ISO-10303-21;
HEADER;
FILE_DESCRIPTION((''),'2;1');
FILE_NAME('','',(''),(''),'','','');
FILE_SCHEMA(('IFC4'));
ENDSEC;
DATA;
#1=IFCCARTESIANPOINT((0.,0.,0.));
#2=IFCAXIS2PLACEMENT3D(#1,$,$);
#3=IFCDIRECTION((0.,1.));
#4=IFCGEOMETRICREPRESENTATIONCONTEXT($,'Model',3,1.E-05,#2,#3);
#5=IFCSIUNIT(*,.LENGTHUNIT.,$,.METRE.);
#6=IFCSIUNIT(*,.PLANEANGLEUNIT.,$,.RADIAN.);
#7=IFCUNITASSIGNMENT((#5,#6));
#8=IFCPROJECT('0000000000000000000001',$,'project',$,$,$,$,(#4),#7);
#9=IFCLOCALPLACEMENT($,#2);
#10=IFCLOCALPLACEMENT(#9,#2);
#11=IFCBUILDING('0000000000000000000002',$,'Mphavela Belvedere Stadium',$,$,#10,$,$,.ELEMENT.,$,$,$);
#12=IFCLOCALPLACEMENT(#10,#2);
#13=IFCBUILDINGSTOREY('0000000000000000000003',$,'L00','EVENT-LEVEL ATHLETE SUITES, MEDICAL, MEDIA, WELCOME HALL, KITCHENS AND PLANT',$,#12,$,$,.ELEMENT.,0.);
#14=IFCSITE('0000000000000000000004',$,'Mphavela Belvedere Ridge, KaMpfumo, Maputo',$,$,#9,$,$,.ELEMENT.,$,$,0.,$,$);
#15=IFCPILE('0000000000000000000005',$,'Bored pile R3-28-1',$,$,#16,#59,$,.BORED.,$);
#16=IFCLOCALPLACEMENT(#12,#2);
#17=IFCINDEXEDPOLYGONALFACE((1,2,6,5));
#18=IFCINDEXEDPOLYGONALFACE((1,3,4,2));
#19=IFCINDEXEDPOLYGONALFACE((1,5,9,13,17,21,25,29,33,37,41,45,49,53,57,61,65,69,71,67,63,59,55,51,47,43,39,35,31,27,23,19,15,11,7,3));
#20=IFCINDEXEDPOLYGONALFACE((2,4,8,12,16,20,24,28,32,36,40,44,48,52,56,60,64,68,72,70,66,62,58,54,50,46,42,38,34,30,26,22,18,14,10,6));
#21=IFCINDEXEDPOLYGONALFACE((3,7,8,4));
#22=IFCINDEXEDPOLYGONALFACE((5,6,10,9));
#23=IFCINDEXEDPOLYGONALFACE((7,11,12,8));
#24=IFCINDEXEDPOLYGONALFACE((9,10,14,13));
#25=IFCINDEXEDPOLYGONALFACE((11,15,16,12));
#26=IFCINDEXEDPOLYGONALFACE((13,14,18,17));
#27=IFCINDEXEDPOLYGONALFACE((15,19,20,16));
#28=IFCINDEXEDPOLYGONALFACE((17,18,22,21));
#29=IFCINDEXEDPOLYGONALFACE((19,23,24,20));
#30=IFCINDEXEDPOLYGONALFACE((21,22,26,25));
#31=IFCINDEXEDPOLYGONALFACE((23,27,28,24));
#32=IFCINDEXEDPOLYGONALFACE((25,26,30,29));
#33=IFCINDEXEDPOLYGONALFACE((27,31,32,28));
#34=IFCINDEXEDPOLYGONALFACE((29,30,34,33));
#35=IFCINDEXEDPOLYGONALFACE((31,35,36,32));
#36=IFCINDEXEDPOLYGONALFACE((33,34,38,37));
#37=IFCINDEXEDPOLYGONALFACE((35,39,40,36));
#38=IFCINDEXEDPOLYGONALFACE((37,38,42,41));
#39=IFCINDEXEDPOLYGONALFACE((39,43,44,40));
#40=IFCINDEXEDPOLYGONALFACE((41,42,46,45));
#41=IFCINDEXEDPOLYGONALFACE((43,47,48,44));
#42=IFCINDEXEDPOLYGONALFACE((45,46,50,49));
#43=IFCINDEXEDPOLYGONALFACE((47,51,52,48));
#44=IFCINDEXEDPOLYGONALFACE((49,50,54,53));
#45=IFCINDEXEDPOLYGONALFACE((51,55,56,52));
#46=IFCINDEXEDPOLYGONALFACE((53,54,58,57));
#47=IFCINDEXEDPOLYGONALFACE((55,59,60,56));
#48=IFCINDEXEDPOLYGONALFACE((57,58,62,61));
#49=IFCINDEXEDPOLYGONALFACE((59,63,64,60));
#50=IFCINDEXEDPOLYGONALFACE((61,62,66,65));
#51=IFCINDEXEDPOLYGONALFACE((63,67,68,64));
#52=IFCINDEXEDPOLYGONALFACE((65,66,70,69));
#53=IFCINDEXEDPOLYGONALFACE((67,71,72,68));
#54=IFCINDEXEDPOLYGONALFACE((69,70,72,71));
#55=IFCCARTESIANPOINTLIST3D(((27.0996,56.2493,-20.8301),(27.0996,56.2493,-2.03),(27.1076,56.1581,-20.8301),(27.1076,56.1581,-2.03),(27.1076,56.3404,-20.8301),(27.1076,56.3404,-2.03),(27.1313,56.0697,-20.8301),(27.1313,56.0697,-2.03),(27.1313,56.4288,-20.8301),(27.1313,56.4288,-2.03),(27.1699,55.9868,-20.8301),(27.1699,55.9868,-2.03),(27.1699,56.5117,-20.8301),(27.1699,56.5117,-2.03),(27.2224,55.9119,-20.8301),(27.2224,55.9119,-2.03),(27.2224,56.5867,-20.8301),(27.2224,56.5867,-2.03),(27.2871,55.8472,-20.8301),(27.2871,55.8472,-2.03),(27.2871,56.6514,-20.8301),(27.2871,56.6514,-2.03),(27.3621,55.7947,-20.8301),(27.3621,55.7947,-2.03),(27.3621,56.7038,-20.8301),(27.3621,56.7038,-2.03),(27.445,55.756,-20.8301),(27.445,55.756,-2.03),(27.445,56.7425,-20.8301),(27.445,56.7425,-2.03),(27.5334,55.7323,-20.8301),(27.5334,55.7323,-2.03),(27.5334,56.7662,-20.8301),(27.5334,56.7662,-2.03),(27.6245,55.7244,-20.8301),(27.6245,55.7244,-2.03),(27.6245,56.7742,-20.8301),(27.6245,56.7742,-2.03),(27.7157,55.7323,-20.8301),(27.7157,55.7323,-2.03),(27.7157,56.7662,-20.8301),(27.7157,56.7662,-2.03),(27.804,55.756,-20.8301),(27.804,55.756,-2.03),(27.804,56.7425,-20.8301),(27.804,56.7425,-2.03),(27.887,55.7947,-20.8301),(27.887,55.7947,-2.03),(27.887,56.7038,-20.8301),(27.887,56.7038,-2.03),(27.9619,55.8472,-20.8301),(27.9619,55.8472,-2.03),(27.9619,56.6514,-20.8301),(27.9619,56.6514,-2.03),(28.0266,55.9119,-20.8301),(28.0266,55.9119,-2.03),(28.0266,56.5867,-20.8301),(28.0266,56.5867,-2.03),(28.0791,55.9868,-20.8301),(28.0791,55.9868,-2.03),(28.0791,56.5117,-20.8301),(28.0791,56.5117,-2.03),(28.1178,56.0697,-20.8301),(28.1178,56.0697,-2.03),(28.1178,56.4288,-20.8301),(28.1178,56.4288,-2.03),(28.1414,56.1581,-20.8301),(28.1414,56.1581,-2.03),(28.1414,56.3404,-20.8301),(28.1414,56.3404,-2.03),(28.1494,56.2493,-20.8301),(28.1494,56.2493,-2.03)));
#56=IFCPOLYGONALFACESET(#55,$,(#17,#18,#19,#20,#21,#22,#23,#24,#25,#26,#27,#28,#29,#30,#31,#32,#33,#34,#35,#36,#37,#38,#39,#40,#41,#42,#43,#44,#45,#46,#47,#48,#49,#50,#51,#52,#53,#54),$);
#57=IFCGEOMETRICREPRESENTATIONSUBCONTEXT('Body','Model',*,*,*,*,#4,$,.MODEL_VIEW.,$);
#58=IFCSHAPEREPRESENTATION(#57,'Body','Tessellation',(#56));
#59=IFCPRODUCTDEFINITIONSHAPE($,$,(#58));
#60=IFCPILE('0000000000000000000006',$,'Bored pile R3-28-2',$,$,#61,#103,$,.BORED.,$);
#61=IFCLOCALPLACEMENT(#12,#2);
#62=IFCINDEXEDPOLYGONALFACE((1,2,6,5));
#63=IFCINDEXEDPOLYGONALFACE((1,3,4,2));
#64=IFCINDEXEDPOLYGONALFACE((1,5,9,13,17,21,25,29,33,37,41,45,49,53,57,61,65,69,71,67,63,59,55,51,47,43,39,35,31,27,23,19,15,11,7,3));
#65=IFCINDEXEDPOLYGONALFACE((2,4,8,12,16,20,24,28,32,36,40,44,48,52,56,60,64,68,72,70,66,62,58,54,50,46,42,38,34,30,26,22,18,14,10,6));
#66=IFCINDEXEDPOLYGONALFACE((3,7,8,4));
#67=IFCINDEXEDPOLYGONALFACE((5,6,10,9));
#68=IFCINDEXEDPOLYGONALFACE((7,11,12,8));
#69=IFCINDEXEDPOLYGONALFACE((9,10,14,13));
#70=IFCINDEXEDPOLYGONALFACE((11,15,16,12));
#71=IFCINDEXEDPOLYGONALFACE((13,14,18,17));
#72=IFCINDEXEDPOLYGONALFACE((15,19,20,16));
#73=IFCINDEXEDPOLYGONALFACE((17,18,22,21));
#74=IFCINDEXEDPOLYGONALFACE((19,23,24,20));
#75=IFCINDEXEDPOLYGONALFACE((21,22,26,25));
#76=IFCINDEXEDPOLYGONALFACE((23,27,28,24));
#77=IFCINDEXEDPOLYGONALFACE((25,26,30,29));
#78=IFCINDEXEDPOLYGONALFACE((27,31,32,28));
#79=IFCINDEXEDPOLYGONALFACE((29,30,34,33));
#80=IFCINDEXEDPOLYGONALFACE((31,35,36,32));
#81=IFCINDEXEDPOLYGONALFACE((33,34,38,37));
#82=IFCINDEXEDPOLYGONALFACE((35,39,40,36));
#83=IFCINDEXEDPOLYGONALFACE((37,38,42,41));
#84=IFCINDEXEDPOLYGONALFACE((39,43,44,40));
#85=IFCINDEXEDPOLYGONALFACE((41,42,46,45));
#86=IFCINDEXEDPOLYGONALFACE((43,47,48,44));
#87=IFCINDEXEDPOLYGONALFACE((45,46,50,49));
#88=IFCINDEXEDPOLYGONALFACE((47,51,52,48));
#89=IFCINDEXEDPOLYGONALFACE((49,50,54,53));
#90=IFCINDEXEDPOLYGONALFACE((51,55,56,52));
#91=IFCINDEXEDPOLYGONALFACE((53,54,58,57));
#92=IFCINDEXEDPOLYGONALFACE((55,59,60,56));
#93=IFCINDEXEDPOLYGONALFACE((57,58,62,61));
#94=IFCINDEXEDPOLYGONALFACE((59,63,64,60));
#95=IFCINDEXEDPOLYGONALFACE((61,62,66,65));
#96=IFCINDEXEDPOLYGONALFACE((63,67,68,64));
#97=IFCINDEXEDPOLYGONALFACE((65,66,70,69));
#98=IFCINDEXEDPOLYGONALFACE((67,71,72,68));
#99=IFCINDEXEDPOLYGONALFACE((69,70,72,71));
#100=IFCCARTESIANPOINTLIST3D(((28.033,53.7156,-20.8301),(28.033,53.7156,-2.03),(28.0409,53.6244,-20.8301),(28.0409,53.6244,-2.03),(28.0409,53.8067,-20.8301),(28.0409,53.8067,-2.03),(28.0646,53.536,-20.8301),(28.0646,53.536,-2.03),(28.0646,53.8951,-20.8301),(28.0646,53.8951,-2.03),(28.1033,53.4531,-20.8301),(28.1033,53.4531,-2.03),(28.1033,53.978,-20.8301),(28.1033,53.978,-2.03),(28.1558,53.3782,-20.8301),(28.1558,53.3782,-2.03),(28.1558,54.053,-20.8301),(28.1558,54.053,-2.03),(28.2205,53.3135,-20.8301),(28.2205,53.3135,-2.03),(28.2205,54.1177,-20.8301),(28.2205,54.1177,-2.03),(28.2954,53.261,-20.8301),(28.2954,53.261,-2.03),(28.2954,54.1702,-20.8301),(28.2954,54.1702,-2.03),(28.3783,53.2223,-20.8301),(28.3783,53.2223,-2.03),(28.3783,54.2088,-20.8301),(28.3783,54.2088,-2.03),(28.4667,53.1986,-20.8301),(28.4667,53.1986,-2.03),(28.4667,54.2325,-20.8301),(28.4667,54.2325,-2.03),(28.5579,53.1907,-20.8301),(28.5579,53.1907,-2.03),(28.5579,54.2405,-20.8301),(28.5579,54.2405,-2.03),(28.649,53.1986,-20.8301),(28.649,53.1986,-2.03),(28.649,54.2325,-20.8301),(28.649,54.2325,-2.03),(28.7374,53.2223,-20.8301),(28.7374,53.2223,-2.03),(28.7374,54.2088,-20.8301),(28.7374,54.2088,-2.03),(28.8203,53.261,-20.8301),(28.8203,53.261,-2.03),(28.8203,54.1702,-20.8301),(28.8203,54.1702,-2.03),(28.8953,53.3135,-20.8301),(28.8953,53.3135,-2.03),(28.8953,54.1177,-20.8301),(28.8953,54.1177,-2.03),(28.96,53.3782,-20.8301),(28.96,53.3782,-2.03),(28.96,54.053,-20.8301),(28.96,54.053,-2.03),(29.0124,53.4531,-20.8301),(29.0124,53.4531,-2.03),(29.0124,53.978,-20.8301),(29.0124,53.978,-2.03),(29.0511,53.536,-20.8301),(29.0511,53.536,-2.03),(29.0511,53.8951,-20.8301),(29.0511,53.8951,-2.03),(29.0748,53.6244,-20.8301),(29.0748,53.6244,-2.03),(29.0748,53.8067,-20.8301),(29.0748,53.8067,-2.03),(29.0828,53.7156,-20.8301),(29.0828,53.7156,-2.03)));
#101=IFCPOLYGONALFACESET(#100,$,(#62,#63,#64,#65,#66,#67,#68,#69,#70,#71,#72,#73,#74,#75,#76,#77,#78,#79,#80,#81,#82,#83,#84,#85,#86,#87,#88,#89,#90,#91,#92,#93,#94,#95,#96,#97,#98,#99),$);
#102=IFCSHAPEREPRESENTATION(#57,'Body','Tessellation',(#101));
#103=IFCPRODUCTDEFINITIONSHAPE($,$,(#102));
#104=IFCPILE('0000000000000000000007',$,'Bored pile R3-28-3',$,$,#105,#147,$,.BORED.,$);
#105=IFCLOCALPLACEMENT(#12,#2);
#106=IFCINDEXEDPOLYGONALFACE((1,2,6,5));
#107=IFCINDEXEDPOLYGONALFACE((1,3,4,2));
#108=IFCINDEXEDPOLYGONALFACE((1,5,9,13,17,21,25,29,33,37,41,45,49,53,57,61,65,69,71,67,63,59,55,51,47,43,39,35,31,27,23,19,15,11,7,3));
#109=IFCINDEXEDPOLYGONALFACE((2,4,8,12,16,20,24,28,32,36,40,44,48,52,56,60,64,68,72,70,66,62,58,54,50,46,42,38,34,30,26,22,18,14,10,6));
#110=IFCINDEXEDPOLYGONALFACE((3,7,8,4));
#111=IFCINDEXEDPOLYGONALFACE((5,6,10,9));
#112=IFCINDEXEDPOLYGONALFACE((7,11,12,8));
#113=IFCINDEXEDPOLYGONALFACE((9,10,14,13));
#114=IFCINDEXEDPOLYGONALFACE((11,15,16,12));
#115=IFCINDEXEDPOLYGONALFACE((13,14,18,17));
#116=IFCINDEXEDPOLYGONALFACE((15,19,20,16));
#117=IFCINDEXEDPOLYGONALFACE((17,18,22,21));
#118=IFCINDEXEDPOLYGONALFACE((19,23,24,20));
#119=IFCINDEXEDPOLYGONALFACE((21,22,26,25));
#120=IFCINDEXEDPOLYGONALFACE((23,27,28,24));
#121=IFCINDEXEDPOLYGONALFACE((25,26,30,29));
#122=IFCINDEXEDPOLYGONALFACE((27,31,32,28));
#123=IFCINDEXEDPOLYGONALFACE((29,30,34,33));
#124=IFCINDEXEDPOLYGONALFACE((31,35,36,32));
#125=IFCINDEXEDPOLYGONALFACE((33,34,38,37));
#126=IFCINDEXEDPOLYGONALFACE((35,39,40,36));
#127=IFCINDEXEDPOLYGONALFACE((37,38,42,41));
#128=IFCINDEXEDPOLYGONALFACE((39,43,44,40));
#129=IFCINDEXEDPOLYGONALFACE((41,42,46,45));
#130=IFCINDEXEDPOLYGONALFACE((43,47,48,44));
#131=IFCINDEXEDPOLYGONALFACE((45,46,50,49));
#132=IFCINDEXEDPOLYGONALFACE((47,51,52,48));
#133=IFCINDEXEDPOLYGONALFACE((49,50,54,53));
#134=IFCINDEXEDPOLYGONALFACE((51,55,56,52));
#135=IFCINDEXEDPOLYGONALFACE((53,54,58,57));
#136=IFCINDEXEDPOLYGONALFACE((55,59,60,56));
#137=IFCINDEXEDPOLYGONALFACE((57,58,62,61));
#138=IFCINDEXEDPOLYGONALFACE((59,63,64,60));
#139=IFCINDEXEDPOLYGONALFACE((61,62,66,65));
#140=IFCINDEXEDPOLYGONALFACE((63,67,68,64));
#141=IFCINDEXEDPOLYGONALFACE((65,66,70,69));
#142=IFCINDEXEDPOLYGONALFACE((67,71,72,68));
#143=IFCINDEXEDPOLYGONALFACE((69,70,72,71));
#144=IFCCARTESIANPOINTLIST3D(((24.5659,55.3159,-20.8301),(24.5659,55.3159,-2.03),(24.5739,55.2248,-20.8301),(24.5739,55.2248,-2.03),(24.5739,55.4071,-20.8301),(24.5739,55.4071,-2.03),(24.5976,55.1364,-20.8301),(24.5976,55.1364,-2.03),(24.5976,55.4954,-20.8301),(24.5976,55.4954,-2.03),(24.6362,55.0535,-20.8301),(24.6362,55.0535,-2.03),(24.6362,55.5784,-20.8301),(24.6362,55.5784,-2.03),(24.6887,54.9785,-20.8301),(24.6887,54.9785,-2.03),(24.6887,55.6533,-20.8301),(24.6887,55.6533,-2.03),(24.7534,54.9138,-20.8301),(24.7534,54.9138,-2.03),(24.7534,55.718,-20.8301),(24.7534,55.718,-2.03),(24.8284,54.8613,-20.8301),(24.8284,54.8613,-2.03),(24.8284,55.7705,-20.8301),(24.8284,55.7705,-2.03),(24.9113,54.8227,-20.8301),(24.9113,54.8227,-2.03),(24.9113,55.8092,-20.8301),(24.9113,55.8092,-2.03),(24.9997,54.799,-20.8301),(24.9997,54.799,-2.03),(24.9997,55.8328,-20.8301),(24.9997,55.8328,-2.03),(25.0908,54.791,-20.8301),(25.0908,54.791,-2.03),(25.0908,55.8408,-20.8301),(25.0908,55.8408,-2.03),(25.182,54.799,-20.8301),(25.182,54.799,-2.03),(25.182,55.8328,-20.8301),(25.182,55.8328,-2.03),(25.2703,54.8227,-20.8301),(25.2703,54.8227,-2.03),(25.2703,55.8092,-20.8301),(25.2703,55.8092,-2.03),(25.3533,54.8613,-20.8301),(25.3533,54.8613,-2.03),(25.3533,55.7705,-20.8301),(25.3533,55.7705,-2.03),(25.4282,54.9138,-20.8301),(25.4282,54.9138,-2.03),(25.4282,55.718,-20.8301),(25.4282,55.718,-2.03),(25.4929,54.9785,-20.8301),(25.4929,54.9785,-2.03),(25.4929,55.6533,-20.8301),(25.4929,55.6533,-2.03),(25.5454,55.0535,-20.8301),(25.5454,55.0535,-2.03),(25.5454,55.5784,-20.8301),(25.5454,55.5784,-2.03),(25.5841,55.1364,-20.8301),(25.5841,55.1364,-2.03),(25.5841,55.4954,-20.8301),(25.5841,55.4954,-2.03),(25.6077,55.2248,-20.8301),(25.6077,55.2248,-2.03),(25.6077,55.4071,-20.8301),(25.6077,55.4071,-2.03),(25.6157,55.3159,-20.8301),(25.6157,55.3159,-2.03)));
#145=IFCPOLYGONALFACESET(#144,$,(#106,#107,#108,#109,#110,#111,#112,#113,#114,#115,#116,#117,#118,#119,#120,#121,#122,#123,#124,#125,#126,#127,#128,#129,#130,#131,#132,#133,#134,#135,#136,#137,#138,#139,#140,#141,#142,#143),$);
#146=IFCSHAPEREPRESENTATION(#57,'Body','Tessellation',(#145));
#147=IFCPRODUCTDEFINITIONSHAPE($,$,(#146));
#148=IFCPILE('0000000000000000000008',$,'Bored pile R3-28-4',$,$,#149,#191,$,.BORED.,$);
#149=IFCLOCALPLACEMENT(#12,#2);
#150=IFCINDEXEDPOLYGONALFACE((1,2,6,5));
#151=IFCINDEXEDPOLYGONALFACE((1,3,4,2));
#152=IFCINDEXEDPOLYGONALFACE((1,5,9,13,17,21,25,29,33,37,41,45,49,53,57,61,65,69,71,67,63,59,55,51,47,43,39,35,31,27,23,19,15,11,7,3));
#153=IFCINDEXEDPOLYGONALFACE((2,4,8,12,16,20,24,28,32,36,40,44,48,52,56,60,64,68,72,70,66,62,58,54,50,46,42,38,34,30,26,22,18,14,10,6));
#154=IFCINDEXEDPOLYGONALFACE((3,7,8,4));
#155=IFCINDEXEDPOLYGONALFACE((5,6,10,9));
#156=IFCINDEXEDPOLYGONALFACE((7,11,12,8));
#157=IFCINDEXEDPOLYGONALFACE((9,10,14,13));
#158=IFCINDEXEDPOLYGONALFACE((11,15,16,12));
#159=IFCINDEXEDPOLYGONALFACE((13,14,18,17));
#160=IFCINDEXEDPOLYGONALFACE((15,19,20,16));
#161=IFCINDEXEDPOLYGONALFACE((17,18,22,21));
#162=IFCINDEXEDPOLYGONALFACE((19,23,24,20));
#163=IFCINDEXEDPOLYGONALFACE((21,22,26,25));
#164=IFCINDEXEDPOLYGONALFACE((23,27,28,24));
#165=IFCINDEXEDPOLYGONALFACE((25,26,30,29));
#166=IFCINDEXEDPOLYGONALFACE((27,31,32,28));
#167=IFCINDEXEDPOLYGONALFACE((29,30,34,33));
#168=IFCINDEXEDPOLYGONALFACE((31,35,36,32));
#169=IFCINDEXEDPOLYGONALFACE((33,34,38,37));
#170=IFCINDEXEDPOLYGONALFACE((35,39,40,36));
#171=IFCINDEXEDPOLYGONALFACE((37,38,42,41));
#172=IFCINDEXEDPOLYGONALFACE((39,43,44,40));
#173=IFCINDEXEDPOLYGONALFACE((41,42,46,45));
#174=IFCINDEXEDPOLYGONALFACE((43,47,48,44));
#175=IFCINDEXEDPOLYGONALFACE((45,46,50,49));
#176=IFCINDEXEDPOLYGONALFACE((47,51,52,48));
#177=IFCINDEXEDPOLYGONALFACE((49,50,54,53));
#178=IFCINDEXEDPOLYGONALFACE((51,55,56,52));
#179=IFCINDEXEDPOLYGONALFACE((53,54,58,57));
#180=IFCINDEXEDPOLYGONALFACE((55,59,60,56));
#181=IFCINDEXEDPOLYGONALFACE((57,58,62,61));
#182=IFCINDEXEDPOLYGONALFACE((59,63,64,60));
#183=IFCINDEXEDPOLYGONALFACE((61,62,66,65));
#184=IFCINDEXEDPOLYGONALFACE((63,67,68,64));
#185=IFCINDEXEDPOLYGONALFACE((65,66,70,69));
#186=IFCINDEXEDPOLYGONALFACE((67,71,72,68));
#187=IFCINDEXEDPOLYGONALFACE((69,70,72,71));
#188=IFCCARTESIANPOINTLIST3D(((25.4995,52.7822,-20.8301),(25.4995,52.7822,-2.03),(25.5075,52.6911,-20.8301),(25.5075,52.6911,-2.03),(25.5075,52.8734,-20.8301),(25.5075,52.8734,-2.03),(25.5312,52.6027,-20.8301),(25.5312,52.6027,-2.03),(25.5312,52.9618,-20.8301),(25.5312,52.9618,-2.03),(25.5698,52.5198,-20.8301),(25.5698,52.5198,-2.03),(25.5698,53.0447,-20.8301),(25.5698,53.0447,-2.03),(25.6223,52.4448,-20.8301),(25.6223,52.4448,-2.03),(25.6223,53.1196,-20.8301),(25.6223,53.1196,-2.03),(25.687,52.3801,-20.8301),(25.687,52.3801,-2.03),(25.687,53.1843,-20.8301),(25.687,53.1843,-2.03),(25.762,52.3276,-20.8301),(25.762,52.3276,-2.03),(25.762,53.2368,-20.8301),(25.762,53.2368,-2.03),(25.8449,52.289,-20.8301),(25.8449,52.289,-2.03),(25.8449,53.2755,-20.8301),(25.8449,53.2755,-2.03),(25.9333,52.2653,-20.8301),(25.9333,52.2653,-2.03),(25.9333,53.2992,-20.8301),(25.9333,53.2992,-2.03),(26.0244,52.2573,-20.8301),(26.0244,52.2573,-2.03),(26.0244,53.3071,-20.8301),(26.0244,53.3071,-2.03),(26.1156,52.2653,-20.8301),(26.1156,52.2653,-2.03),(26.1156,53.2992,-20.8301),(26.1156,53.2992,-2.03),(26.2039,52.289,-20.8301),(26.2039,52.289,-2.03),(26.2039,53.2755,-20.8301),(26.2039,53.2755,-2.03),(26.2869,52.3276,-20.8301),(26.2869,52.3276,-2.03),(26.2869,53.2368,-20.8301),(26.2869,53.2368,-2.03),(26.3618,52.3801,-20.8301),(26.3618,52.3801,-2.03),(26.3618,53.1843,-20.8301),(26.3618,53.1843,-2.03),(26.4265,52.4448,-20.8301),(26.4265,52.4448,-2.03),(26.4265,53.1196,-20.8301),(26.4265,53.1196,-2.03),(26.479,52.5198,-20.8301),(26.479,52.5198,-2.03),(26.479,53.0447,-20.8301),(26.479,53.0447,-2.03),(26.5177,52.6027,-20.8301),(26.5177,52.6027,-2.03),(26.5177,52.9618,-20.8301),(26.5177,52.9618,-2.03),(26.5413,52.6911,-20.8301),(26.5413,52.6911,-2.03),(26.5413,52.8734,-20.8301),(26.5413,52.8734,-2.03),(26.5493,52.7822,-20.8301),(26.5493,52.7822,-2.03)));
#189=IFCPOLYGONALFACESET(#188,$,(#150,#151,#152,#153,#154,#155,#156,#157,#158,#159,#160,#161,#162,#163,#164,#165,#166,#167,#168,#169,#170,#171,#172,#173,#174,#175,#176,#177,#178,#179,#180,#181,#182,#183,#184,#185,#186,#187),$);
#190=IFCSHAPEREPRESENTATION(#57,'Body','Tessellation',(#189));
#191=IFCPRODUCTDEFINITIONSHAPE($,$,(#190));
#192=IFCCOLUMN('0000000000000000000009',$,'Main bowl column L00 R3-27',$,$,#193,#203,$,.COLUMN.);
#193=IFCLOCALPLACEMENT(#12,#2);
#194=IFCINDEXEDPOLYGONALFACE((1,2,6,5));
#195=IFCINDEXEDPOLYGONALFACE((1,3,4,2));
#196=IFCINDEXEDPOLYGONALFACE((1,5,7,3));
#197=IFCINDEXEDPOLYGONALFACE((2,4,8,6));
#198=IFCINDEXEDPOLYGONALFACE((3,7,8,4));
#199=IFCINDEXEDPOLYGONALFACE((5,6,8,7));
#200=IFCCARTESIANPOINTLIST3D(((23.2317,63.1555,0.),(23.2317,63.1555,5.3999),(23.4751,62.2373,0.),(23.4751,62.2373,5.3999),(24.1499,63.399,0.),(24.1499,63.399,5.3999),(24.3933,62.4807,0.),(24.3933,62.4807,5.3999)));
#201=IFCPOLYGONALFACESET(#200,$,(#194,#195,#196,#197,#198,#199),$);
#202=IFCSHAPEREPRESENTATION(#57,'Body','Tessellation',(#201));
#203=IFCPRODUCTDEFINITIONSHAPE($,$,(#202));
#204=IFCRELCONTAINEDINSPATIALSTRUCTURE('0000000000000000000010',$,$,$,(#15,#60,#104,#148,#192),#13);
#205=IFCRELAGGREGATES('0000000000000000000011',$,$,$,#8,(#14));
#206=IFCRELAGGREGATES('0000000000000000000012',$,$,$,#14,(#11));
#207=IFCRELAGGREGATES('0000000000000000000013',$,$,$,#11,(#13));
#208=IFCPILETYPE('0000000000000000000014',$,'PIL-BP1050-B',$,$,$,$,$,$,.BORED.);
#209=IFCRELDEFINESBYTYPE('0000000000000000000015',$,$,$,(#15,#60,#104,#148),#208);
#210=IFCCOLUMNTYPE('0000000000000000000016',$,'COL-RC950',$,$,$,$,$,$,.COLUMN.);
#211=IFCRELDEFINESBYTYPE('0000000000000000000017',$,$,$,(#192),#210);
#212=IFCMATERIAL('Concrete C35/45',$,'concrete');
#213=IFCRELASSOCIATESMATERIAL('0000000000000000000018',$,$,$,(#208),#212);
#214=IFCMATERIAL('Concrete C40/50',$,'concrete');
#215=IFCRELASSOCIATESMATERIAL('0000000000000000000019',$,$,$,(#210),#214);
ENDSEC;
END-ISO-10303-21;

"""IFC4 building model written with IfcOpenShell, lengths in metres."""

from ifc_helpers import new_model, si_unit, direction, frame, origin, origin_2d, place, context, subcontext, project, spatial, rectangle, circle, extrude, material, material_profile, profile_set, type_object, element, save


model = new_model("IFC4")

# Units and contexts
model_context = context("Model", 3, precision=1e-05, world=origin(), true_north=direction((0.0, 1.0)))
body_context = subcontext(model_context, "Body", "Model", "MODEL_VIEW")
ifc_project = project(units=[si_unit("LENGTHUNIT", "METRE"), si_unit("PLANEANGLEUNIT", "RADIAN")], contexts=[model_context])

# Site, building, storey
site_placement = place(None, origin())
site = spatial("IfcSite", under=ifc_project, at=site_placement, Name="Mphavela Belvedere Ridge, KaMpfumo, Maputo", CompositionType="ELEMENT", RefElevation=0.0)
building_placement = place(site_placement, origin())
building = spatial("IfcBuilding", under=site, at=building_placement, Name="Mphavela Belvedere Stadium", CompositionType="ELEMENT")
storey_placement = place(building_placement, origin())
storey = spatial("IfcBuildingStorey", under=building, at=storey_placement, Name="L00", Description="EVENT-LEVEL ATHLETE SUITES, MEDICAL, MEDIA, WELCOME HALL, KITCHENS AND PLANT", CompositionType="ELEMENT", Elevation=0.0)

# Piles
ifc_material_1 = material(Name="Concrete C35/45", Category="concrete")
ifc_material_profile_1 = material_profile(ifc_material_1, circle(Radius=0.5249, at=origin_2d()), Name="BP D1050")
ifc_profile_set_1 = profile_set([ifc_material_profile_1], Name="Concrete C35/45")
pile_type_1 = type_object("IfcPileType", Name="PIL-BP1050-B", PredefinedType="BORED", material=ifc_profile_set_1)
for number, where, z_axis, x_axis, name in (
    (1, (27.6245, 56.2493, -2.03), (0.0, 0.0, -1.0), (1.0, 0.0, 0.0), "Bored pile R3-28-1"),
    (2, (28.5579, 53.7156, -2.03), (0.0, 0.0, -1.0), (1.0, 0.0, 0.0), "Bored pile R3-28-2"),
    (3, (25.0908, 55.3159, -2.03), (0.0, 0.0, -1.0), (1.0, 0.0, 0.0), "Bored pile R3-28-3"),
    (4, (26.0244, 52.7822, -2.03), (0.0, 0.0, -1.0), (1.0, 0.0, 0.0), "Bored pile R3-28-4"),
):
    element("IfcPile", number, at=place(storey_placement, frame(where, z_axis=z_axis, x_axis=x_axis)), inside=storey, type_object=pile_type_1, Name=name, PredefinedType="BORED", context=body_context, shape_type="SweptSolid", body=[
        extrude(circle(Radius=0.5249, at=origin_2d()), origin(), (0.0, 0.0, 1.0), 18.8),
    ])

# Column
ifc_material_2 = material(Name="Concrete C40/50", Category="concrete")
ifc_material_profile_2 = material_profile(ifc_material_2, rectangle(XDim=0.95, YDim=0.95, at=origin_2d()), Name="RC 950x950")
ifc_profile_set_2 = profile_set([ifc_material_profile_2], Name="Concrete C40/50")
column_type = type_object("IfcColumnType", Name="COL-RC950", PredefinedType="COLUMN", material=ifc_profile_set_2)
for number, where, z_axis, x_axis, name in (
    (5, (23.8125, 62.8181, 0.0), (0.0, 0.0, 1.0), (-0.9666, -0.256289, 0.0), "Main bowl column L00 R3-27"),
):
    element("IfcColumn", number, at=place(storey_placement, frame(where, z_axis=z_axis, x_axis=x_axis)), inside=storey, type_object=column_type, Name=name, PredefinedType="COLUMN", context=body_context, shape_type="SweptSolid", body=[
        extrude(rectangle(XDim=0.95, YDim=0.95, at=origin_2d()), origin(), (0.0, 0.0, 1.0), 5.3999),
    ])

save(model, "model.ifc")
